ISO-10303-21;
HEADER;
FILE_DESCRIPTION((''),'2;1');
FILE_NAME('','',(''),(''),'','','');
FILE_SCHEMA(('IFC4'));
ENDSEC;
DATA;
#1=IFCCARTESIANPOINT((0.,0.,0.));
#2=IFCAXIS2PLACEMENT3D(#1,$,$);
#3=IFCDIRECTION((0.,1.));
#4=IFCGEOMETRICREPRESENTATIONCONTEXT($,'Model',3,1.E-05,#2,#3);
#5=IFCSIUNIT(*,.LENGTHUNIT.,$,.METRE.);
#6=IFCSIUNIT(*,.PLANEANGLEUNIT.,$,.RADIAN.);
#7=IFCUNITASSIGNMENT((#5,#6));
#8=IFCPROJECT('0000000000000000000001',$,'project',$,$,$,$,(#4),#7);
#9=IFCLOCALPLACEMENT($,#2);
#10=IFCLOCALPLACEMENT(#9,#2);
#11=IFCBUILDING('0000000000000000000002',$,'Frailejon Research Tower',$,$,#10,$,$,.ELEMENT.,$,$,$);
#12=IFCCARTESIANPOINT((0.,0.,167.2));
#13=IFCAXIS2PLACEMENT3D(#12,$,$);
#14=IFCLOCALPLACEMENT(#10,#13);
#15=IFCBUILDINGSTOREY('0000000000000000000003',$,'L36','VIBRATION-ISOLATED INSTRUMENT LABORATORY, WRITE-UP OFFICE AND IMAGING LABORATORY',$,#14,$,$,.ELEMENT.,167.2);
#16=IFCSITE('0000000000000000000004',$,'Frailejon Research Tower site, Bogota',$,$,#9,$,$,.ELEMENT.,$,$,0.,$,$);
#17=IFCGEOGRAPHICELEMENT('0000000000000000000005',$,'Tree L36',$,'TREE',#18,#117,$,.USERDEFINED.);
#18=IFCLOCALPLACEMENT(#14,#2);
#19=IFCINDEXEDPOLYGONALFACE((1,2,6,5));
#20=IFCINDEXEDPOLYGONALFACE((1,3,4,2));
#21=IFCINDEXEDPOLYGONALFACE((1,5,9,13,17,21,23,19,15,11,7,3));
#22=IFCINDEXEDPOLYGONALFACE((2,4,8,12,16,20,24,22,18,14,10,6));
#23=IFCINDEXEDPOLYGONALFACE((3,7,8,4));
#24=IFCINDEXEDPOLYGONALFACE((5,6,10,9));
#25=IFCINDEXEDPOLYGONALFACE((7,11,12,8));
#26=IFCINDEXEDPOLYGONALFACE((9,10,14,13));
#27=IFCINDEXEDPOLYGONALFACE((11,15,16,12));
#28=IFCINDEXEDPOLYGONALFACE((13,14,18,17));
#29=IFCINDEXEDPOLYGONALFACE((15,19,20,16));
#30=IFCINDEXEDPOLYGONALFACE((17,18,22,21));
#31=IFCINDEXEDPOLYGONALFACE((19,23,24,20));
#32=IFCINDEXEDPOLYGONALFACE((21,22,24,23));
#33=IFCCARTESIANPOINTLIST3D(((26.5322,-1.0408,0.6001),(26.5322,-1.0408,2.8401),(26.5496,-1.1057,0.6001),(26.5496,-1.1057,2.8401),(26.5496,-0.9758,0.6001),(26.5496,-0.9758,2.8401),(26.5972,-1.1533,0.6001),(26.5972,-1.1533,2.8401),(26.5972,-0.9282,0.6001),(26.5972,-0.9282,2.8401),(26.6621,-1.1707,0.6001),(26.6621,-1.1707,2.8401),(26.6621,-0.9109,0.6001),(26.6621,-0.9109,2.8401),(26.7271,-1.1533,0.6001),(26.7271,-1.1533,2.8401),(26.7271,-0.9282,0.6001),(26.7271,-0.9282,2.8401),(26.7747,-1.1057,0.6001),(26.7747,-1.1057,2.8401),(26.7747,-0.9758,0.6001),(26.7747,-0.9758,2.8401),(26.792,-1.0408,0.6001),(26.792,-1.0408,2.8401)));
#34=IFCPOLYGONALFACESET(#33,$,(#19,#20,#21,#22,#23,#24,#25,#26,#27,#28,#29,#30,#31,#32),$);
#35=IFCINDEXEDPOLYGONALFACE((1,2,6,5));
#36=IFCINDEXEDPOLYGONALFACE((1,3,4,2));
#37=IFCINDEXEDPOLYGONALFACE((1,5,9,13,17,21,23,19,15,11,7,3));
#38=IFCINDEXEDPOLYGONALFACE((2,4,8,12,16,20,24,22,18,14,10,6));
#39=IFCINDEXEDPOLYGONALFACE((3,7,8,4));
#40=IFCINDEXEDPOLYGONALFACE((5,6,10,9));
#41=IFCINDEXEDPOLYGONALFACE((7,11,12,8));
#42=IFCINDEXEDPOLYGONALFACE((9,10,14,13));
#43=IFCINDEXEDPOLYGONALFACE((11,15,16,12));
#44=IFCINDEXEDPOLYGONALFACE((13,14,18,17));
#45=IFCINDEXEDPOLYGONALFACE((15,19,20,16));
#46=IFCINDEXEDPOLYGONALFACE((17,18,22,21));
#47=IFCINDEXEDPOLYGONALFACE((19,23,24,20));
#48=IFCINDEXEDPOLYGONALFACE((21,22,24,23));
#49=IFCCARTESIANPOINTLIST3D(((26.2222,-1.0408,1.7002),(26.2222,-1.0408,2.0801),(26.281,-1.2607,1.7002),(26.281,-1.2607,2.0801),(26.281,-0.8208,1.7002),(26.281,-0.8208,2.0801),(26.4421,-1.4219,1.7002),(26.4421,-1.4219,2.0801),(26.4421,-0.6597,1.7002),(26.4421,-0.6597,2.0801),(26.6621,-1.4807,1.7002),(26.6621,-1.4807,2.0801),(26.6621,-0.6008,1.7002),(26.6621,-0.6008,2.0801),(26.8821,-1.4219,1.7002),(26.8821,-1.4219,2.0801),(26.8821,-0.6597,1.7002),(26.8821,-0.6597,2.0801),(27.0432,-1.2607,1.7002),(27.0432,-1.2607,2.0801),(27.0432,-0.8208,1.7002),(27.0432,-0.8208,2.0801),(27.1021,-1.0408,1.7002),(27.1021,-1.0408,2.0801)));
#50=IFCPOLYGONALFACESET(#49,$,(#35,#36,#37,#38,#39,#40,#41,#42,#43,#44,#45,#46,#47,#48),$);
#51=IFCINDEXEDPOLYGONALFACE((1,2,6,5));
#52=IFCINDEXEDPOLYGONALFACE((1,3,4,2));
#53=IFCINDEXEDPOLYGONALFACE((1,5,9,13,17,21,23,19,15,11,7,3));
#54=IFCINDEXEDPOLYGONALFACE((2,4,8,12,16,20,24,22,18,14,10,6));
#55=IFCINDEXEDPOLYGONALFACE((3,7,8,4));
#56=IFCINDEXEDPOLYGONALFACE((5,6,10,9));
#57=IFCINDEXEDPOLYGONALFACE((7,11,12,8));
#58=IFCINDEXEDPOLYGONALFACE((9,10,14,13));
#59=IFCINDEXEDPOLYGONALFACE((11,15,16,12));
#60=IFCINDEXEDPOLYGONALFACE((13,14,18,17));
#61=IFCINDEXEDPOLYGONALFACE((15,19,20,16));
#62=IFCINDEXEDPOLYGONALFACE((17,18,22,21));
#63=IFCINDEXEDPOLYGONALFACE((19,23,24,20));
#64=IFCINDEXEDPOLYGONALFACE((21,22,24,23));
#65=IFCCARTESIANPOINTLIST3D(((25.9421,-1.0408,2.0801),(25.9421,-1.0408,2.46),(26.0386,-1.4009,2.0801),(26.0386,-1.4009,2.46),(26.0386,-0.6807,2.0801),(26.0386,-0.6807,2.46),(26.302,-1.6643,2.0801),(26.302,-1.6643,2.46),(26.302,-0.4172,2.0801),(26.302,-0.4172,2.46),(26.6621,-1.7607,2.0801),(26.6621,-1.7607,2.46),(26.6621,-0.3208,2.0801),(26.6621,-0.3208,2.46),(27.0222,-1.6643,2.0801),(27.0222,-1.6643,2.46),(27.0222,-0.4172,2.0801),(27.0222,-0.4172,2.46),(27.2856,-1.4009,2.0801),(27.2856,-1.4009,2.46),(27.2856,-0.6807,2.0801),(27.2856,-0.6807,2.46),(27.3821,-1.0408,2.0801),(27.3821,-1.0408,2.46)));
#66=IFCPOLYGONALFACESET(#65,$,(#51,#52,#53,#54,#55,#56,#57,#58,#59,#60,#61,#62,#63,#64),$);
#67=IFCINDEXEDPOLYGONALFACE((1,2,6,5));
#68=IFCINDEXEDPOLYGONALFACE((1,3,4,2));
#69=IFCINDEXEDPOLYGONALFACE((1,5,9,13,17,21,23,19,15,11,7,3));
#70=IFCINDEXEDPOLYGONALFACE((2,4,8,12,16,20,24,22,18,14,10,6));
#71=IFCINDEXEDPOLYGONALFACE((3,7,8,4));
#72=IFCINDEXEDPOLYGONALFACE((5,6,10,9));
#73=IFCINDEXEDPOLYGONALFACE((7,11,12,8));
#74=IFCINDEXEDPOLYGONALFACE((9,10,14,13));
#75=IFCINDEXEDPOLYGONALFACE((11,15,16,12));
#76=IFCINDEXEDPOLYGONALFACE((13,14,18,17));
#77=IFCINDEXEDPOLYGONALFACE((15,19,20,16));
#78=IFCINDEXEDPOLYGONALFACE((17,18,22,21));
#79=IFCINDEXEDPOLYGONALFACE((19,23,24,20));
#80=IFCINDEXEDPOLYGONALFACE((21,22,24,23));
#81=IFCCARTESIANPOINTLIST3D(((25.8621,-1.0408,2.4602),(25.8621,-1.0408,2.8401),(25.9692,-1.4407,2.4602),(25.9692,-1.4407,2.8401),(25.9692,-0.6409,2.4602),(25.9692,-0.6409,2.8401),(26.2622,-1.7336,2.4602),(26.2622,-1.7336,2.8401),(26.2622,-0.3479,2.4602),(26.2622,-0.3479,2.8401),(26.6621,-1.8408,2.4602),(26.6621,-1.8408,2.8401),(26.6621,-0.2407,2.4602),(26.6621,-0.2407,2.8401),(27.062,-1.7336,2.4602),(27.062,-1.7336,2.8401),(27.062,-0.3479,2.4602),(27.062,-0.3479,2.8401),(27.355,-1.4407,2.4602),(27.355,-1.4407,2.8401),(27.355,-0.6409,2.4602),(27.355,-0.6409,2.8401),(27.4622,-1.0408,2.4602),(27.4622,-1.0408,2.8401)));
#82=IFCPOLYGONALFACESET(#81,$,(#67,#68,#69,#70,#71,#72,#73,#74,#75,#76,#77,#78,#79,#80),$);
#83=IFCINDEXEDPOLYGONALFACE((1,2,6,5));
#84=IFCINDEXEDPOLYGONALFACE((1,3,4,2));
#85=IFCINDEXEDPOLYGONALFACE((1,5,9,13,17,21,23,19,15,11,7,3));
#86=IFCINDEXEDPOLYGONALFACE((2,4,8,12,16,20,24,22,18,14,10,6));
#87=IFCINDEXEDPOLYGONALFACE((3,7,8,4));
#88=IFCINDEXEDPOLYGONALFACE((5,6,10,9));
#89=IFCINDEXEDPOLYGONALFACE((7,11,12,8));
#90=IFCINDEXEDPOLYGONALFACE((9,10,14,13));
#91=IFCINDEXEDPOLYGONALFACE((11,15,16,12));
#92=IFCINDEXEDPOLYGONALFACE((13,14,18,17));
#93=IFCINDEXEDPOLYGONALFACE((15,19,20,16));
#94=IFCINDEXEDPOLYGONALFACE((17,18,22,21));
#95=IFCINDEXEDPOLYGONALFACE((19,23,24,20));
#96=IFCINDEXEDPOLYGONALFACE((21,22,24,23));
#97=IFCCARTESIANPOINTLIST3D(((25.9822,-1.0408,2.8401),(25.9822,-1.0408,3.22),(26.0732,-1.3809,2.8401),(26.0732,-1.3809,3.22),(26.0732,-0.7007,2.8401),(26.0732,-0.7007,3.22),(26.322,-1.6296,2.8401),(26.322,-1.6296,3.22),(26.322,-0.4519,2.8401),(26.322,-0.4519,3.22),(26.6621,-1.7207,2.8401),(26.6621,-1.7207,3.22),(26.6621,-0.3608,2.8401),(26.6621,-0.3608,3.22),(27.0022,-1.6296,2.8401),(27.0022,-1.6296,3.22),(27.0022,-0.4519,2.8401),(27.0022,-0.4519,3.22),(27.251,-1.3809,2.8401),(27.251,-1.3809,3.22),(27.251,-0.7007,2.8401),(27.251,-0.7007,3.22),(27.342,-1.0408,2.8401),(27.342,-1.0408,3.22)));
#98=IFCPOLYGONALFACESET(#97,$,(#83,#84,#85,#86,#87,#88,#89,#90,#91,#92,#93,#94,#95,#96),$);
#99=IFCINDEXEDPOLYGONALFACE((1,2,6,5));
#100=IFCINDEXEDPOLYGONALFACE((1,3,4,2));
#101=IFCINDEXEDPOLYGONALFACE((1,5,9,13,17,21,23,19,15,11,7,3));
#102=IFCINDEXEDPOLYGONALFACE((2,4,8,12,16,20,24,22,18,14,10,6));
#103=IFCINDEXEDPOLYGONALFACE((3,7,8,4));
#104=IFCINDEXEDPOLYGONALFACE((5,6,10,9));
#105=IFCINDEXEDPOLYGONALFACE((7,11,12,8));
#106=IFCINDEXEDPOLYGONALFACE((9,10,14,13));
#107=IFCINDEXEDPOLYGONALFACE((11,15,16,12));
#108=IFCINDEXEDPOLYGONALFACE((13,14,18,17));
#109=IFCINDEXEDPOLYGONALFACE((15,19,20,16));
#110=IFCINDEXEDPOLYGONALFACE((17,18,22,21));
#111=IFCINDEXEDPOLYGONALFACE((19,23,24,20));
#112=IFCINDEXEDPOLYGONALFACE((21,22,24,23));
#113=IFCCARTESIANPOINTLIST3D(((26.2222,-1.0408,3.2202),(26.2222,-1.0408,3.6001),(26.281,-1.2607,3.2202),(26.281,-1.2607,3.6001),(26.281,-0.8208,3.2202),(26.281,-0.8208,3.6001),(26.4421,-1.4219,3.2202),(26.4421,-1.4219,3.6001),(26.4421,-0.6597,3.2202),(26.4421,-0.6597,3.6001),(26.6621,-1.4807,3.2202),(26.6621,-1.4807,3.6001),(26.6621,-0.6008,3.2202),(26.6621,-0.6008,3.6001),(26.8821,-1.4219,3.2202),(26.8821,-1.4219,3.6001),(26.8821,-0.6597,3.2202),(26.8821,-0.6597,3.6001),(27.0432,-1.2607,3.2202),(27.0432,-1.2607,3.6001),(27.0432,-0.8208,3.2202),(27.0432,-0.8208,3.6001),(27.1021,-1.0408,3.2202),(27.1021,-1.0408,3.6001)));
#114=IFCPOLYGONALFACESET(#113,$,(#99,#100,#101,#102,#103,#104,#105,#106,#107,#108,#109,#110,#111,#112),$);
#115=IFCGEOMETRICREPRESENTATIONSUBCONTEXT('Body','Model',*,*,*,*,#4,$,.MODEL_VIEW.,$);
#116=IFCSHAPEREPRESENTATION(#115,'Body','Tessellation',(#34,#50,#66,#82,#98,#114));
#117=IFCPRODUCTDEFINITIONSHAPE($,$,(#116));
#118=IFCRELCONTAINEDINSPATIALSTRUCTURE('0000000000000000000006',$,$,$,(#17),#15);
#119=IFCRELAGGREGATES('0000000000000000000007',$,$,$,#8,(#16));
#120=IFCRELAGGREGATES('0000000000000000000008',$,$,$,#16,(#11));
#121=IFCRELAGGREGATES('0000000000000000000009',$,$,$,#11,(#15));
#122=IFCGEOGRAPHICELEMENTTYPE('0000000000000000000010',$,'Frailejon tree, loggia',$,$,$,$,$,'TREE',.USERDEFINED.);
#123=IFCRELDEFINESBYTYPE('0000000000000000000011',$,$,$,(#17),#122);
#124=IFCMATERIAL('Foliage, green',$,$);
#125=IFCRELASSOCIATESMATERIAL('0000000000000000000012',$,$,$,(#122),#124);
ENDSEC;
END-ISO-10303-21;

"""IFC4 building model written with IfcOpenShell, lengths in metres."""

from ifc_helpers import new_model, si_unit, direction, frame, origin, place, context, subcontext, project, spatial, polyline, outline, extrude, material, type_object, element, save


model = new_model("IFC4")

# Units and contexts
model_context = context("Model", 3, precision=1e-05, world=origin(), true_north=direction((0.0, 1.0)))
body_context = subcontext(model_context, "Body", "Model", "MODEL_VIEW")
ifc_project = project(units=[si_unit("LENGTHUNIT", "METRE"), si_unit("PLANEANGLEUNIT", "RADIAN")], contexts=[model_context])

# Site, building, storey
site_placement = place(None, origin())
site = spatial("IfcSite", under=ifc_project, at=site_placement, Name="Frailejon Research Tower site, Bogota", CompositionType="ELEMENT", RefElevation=0.0)
building_placement = place(site_placement, origin())
building = spatial("IfcBuilding", under=site, at=building_placement, Name="Frailejon Research Tower", CompositionType="ELEMENT")
storey_placement = place(building_placement, frame((0.0, 0.0, 167.2)))
storey = spatial("IfcBuildingStorey", under=building, at=storey_placement, Name="L36", Description="VIBRATION-ISOLATED INSTRUMENT LABORATORY, WRITE-UP OFFICE AND IMAGING LABORATORY", CompositionType="ELEMENT", Elevation=167.2)

# Geographic element
ifc_material_1 = material(Name="Foliage, green")
geographic_element_type = type_object("IfcGeographicElementType", Name="Frailejon tree, loggia", ElementType="TREE", PredefinedType="USERDEFINED", material=ifc_material_1)
geographic_element_placement = place(storey_placement, frame((26.6621, -1.0408, 0.6001)))
element("IfcGeographicElement", 1, at=geographic_element_placement, inside=storey, type_object=geographic_element_type, Name="Tree L36", ObjectType="TREE", PredefinedType="USERDEFINED", context=body_context, shape_type="SweptSolid", body=[
    extrude(outline(polyline([(0.1299, 0.0), (0.1125, 0.0649), (0.0649, 0.1125), (0.0, 0.1299), (-0.0649, 0.1125), (-0.1125, 0.0649), (-0.1299, 0.0), (-0.1125, -0.0649), (-0.0649, -0.1125), (0.0, -0.1299), (0.0649, -0.1125), (0.1125, -0.0649), (0.1299, 0.0)])), origin(), (0.0, 0.0, 1.0), 2.24),
    extrude(outline(polyline([(0.4399, 0.0), (0.3811, 0.22), (0.22, 0.3811), (0.0, 0.4399), (-0.22, 0.3811), (-0.3811, 0.22), (-0.4399, 0.0), (-0.3811, -0.22), (-0.22, -0.3811), (0.0, -0.4399), (0.22, -0.3811), (0.3811, -0.22), (0.4399, 0.0)])), frame((0.0, 0.0, 1.1001)), (0.0, 0.0, 1.0), 0.3799),
    extrude(outline(polyline([(0.72, 0.0), (0.6235, 0.3601), (0.3601, 0.6235), (0.0, 0.72), (-0.3601, 0.6235), (-0.6235, 0.3601), (-0.72, 0.0), (-0.6235, -0.3601), (-0.3601, -0.6235), (0.0, -0.72), (0.3601, -0.6235), (0.6235, -0.3601), (0.72, 0.0)])), frame((0.0, 0.0, 1.48)), (0.0, 0.0, 1.0), 0.3799),
    extrude(outline(polyline([(0.8, 0.0), (0.6929, 0.3999), (0.3999, 0.6929), (0.0, 0.8), (-0.3999, 0.6929), (-0.6929, 0.3999), (-0.8, 0.0), (-0.6929, -0.3999), (-0.3999, -0.6929), (0.0, -0.8), (0.3999, -0.6929), (0.6929, -0.3999), (0.8, 0.0)])), frame((0.0, 0.0, 1.8601)), (0.0, 0.0, 1.0), 0.3799),
    extrude(outline(polyline([(0.6799, 0.0), (0.5889, 0.3401), (0.3401, 0.5889), (0.0, 0.6799), (-0.3401, 0.5889), (-0.5889, 0.3401), (-0.6799, 0.0), (-0.5889, -0.3401), (-0.3401, -0.5889), (0.0, -0.6799), (0.3401, -0.5889), (0.5889, -0.3401), (0.6799, 0.0)])), frame((0.0, 0.0, 2.24)), (0.0, 0.0, 1.0), 0.3799),
    extrude(outline(polyline([(0.4399, 0.0), (0.3811, 0.22), (0.22, 0.3811), (0.0, 0.4399), (-0.22, 0.3811), (-0.3811, 0.22), (-0.4399, 0.0), (-0.3811, -0.22), (-0.22, -0.3811), (0.0, -0.4399), (0.22, -0.3811), (0.3811, -0.22), (0.4399, 0.0)])), frame((0.0, 0.0, 2.6201)), (0.0, 0.0, 1.0), 0.3799),
])

save(model, "model.ifc")
